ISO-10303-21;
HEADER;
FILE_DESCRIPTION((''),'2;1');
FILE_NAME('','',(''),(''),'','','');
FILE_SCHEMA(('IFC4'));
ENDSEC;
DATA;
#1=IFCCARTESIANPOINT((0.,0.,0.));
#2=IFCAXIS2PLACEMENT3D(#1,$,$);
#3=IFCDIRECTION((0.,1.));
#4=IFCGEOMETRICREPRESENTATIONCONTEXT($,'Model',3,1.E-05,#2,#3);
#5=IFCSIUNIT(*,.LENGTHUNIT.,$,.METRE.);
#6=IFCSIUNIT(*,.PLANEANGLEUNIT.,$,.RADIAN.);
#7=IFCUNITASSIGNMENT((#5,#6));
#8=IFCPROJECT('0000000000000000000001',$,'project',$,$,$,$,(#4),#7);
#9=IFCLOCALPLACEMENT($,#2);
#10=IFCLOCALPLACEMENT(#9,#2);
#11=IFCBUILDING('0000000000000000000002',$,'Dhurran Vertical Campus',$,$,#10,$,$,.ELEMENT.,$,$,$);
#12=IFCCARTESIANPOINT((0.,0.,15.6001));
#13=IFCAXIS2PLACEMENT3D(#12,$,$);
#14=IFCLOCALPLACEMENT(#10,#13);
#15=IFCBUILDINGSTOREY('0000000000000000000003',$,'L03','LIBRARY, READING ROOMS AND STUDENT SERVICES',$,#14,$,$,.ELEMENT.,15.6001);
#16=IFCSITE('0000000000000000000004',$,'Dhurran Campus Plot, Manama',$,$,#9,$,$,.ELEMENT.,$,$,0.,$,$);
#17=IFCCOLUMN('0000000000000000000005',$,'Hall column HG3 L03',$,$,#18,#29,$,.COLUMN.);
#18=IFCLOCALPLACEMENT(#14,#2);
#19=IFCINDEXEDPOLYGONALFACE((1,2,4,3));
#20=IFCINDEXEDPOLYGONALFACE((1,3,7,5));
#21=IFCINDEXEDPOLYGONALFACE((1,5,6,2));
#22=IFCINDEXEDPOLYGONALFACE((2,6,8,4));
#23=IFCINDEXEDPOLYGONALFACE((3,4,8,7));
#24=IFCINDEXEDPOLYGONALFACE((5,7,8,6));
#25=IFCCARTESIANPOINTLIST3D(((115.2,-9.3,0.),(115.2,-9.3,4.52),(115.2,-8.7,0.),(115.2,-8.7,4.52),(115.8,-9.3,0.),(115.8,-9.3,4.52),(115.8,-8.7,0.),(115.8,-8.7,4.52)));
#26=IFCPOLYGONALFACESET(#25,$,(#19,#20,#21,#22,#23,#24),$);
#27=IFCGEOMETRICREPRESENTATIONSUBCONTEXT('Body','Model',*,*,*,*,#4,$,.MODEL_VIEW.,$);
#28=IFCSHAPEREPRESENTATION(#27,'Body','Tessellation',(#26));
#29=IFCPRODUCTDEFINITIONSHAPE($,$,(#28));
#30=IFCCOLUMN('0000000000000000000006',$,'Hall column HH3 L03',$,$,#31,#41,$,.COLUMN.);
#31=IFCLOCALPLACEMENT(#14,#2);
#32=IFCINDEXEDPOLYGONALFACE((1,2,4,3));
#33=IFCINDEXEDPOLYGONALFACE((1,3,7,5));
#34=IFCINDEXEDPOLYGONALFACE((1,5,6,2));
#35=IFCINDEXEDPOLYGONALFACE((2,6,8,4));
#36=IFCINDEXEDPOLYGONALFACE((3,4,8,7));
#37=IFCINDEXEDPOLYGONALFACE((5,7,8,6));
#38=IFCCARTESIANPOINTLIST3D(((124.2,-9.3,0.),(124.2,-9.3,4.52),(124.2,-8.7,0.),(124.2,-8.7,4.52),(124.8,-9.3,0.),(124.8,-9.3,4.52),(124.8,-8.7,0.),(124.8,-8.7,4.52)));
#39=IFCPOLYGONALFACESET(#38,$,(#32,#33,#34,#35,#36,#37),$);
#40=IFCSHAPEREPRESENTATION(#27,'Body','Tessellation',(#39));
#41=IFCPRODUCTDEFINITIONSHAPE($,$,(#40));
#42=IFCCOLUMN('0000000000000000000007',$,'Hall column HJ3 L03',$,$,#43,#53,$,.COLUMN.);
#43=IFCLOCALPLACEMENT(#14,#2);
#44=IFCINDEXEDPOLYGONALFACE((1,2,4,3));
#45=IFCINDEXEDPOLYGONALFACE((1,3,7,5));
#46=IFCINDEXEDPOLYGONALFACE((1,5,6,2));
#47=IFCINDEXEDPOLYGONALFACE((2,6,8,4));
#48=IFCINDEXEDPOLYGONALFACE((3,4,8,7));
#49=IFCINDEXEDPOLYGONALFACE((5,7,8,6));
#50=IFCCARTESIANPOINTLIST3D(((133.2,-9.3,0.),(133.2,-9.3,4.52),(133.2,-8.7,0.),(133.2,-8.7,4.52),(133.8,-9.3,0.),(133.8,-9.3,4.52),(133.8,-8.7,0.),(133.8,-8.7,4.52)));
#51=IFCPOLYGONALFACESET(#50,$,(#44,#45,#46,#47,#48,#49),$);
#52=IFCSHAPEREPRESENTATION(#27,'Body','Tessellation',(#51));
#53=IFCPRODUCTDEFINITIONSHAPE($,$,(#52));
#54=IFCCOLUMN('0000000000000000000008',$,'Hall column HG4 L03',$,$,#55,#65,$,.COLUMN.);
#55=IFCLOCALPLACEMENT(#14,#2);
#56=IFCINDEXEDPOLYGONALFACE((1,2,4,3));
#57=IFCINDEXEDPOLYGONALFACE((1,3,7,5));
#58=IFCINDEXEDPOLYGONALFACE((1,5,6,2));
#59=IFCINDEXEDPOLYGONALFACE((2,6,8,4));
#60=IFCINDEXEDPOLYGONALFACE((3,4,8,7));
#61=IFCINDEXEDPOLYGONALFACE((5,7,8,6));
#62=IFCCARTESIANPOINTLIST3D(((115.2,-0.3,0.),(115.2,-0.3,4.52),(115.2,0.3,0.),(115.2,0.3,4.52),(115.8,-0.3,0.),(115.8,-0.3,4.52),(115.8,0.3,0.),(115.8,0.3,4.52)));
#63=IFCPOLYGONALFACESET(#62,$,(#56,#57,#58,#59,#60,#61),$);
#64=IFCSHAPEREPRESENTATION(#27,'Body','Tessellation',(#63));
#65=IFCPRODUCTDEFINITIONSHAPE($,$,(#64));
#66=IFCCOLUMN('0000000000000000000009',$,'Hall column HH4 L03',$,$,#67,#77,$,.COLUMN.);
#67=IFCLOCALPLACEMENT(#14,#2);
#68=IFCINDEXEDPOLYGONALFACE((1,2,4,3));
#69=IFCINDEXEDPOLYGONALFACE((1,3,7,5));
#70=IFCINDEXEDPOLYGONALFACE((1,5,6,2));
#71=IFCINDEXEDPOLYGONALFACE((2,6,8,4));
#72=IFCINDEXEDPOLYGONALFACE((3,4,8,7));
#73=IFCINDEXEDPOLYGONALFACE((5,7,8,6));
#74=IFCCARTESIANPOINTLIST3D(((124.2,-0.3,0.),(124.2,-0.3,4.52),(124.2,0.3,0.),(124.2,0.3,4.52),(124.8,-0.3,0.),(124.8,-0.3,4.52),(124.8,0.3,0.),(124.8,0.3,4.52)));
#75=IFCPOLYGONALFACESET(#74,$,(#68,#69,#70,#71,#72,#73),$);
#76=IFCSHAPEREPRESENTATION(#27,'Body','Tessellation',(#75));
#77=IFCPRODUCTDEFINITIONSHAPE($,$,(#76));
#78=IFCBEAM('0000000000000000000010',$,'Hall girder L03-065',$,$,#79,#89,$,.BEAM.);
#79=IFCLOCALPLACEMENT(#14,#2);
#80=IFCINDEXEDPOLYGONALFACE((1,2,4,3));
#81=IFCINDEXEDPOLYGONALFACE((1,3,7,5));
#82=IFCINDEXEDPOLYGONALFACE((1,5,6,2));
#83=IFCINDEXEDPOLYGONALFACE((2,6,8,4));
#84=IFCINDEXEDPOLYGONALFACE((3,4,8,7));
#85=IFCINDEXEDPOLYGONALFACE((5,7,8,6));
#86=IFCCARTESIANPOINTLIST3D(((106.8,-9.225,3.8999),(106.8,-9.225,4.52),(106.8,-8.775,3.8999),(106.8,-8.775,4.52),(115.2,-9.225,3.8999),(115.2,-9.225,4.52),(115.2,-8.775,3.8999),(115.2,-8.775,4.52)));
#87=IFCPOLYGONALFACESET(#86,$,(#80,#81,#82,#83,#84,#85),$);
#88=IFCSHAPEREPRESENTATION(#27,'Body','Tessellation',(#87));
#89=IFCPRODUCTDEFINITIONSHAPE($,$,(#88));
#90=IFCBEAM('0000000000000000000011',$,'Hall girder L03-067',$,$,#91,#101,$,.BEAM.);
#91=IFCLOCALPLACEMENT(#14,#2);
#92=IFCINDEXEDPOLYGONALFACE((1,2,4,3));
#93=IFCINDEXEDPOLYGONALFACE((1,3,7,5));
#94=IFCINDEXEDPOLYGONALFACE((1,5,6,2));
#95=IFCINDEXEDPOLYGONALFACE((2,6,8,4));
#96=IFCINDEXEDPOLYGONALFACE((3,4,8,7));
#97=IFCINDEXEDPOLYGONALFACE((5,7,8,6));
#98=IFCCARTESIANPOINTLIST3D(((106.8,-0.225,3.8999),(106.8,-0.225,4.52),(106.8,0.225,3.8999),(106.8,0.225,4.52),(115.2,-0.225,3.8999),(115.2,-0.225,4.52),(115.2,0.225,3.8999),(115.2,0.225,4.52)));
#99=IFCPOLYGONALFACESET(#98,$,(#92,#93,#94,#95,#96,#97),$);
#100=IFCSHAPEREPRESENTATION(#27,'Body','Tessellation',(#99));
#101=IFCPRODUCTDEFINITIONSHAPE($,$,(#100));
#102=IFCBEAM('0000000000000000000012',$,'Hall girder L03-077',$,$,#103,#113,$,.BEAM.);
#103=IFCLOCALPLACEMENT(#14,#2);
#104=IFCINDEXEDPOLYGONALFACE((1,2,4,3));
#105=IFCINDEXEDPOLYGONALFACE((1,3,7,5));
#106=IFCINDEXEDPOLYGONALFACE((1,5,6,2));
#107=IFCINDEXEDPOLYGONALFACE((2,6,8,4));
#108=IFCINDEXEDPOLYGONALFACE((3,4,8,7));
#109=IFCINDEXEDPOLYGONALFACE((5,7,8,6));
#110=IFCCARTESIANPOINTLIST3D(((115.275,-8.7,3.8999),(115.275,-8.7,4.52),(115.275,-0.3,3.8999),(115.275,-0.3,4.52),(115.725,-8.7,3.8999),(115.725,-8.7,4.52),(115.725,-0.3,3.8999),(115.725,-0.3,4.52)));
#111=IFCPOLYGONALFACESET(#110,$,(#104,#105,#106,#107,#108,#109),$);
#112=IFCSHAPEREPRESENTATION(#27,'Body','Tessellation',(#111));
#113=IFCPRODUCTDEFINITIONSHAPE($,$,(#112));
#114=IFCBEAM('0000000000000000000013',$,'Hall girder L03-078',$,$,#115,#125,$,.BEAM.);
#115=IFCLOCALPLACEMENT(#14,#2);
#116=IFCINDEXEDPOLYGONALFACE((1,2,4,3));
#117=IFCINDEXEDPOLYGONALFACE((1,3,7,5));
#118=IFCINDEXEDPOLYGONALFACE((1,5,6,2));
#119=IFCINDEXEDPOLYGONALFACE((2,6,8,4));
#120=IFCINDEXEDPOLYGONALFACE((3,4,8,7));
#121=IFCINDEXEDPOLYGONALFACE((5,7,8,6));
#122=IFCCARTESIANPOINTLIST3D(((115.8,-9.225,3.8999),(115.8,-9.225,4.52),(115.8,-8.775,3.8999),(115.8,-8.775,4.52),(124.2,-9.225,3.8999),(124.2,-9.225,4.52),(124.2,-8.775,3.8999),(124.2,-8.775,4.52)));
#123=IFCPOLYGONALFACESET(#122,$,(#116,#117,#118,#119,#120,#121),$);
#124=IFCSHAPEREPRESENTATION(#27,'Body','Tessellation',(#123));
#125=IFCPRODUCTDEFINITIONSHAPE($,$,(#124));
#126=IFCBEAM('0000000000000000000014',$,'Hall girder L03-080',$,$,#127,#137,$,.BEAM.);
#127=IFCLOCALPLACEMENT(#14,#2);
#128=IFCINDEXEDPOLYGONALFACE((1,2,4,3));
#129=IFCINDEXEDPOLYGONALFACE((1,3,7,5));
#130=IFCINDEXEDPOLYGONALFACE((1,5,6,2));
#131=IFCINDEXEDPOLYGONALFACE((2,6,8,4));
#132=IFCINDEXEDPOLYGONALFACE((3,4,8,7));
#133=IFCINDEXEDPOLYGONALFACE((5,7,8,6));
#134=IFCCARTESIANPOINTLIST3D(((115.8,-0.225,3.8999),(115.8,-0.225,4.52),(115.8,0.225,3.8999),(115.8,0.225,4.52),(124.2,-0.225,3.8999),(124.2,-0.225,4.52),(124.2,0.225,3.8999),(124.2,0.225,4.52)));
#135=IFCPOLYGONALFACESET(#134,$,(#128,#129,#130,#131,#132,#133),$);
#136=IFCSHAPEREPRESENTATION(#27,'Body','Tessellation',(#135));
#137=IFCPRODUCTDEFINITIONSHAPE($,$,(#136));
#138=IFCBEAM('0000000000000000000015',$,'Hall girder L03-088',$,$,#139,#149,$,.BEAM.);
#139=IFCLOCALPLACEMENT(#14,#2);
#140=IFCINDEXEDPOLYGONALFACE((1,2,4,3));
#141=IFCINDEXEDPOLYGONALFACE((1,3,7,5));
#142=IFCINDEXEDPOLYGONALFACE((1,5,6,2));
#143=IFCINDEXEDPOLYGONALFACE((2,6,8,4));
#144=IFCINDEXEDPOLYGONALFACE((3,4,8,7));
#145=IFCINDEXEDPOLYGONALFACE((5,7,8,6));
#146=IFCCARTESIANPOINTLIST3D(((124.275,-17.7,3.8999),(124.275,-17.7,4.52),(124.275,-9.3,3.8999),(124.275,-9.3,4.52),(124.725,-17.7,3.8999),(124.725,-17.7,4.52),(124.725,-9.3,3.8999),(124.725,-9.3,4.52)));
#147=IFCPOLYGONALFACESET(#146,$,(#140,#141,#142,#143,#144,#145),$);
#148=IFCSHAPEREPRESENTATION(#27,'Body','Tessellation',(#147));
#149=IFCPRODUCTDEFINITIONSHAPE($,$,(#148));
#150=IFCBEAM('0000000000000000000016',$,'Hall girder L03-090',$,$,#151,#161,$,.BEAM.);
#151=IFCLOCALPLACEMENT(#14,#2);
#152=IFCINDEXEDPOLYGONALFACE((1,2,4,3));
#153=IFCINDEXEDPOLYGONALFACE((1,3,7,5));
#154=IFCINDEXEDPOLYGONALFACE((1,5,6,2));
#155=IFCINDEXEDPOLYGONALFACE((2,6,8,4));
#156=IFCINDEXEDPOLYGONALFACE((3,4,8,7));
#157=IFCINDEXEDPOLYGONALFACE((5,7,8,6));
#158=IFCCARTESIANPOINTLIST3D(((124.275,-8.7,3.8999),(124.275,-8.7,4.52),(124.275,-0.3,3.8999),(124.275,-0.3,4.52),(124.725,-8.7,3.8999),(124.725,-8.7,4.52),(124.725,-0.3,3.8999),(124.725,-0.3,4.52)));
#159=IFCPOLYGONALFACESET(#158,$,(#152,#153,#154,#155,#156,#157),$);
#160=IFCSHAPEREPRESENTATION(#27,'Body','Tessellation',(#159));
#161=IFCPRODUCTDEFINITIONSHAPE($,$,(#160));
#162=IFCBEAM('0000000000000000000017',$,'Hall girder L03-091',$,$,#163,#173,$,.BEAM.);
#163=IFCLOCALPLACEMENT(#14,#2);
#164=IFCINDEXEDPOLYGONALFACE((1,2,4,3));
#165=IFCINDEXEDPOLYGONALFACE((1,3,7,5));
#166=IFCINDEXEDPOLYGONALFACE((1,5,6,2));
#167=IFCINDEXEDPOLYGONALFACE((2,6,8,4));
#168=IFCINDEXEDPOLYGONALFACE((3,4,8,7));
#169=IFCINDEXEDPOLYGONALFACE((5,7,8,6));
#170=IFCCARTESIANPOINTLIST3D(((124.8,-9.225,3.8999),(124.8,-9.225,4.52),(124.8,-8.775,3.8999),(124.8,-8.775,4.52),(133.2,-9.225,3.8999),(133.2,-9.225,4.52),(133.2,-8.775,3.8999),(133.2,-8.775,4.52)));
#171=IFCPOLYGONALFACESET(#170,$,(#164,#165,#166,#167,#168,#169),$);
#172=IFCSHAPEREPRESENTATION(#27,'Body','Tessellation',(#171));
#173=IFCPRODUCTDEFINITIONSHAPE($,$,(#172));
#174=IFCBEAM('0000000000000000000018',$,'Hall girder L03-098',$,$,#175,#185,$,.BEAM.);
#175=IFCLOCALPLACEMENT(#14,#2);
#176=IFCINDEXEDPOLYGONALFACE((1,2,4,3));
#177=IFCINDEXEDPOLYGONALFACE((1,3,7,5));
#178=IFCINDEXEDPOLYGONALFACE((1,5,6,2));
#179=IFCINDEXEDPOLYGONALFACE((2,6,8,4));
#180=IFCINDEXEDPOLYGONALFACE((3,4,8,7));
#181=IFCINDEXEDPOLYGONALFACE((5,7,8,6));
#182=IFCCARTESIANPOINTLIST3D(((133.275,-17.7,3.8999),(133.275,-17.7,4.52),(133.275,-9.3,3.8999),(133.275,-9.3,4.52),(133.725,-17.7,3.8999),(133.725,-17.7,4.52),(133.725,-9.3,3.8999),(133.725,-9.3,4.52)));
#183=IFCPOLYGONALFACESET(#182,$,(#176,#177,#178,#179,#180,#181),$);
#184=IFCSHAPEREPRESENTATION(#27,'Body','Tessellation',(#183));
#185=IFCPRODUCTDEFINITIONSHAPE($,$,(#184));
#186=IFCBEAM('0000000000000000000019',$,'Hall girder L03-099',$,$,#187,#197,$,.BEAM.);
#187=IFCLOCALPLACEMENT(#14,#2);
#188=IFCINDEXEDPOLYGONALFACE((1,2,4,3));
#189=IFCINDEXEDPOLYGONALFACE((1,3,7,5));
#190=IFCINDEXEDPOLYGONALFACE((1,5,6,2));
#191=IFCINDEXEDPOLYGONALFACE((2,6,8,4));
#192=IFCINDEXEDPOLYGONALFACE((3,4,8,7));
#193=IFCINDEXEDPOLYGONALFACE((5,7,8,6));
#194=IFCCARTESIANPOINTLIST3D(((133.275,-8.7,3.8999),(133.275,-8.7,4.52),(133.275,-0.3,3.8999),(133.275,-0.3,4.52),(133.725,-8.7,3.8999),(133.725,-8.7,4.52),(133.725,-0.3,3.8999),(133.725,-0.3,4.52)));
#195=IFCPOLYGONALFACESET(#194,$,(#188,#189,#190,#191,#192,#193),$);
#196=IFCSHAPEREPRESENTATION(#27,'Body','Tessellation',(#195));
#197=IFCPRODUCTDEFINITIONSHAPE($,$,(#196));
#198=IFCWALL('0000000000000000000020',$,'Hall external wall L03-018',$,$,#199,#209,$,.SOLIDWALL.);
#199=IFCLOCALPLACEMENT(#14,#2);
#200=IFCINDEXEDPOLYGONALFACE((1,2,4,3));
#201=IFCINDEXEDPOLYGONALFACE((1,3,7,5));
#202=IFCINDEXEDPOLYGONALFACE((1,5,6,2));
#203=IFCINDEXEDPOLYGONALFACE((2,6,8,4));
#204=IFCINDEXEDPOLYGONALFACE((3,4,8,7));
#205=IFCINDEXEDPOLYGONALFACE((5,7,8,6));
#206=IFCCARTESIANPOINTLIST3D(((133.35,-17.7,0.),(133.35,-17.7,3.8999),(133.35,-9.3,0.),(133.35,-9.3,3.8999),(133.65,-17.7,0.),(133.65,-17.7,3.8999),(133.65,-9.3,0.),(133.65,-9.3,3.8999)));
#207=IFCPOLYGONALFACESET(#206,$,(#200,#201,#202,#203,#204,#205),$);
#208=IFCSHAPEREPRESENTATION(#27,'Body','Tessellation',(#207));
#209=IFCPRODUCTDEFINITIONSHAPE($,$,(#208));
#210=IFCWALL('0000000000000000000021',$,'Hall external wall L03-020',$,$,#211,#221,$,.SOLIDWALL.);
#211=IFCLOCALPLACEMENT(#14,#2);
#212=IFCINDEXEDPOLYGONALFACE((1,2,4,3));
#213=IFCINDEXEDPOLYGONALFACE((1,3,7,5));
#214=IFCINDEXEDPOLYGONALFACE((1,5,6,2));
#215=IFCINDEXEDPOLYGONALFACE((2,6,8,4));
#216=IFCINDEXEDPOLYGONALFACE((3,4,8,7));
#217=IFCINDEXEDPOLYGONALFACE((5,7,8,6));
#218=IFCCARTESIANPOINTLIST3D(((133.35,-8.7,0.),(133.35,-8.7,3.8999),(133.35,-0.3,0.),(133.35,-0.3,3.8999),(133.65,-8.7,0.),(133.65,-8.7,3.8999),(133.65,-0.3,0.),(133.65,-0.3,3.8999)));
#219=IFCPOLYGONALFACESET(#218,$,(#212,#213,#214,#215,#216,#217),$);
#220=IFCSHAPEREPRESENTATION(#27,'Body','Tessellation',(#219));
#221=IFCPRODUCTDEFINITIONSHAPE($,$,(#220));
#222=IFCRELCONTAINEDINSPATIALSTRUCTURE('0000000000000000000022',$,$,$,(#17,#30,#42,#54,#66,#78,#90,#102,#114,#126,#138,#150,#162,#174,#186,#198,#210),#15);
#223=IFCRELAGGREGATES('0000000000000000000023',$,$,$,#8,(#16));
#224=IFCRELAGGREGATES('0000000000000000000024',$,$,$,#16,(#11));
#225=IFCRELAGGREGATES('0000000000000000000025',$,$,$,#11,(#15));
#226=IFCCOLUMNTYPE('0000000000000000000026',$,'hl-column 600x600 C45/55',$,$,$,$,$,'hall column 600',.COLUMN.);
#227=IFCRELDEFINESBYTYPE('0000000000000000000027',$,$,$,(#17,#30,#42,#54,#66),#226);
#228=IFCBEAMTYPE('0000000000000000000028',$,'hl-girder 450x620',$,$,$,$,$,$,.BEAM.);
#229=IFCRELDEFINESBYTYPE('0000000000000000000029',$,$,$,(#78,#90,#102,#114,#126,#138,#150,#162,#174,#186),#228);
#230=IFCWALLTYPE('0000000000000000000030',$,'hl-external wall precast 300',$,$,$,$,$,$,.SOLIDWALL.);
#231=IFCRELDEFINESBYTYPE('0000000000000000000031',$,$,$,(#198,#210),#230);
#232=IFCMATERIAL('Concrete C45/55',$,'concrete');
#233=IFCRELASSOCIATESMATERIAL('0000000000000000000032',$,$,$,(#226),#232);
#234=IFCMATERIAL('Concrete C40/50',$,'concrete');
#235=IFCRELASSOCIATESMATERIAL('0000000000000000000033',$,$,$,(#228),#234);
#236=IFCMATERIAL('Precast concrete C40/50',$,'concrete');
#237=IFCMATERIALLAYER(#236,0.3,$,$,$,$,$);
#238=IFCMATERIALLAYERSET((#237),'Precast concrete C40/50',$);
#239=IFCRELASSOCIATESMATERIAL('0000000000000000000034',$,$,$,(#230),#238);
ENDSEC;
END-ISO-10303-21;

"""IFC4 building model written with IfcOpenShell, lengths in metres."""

from ifc_helpers import new_model, si_unit, direction, frame, frame_2d, origin, origin_2d, place, context, subcontext, project, spatial, rectangle, extrude, material, layer, layer_set, material_profile, profile_set, type_object, element, save


model = new_model("IFC4")

# Units and contexts
model_context = context("Model", 3, precision=1e-05, world=origin(), true_north=direction((0.0, 1.0)))
body_context = subcontext(model_context, "Body", "Model", "MODEL_VIEW")
ifc_project = project(units=[si_unit("LENGTHUNIT", "METRE"), si_unit("PLANEANGLEUNIT", "RADIAN")], contexts=[model_context])

# Site, building, storey
site_placement = place(None, origin())
site = spatial("IfcSite", under=ifc_project, at=site_placement, Name="Dhurran Campus Plot, Manama", CompositionType="ELEMENT", RefElevation=0.0)
building_placement = place(site_placement, origin())
building = spatial("IfcBuilding", under=site, at=building_placement, Name="Dhurran Vertical Campus", CompositionType="ELEMENT")
storey_placement = place(building_placement, frame((0.0, 0.0, 15.6001)))
storey = spatial("IfcBuildingStorey", under=building, at=storey_placement, Name="L03", Description="LIBRARY, READING ROOMS AND STUDENT SERVICES", CompositionType="ELEMENT", Elevation=15.6001)

# Columns
ifc_material_1 = material(Name="Concrete C45/55", Category="concrete")
ifc_material_profile_1 = material_profile(ifc_material_1, rectangle(XDim=0.6001, YDim=0.6001, at=origin_2d()), Name="hl-column 600x600 C45/55")
ifc_profile_set_1 = profile_set([ifc_material_profile_1], Name="Concrete C45/55")
column_type = type_object("IfcColumnType", Name="hl-column 600x600 C45/55", ElementType="hall column 600", PredefinedType="COLUMN", material=ifc_profile_set_1)
for number, where, z_axis, x_axis, name in (
    (1, (115.5, -9.0, 0.0), (0.0, 0.0, 1.0), (1.0, 0.0, 0.0), "Hall column HG3 L03"),
    (2, (124.5, -9.0, 0.0), (0.0, 0.0, 1.0), (1.0, 0.0, 0.0), "Hall column HH3 L03"),
    (3, (133.5, -9.0, 0.0), (0.0, 0.0, 1.0), (1.0, 0.0, 0.0), "Hall column HJ3 L03"),
    (4, (115.5, 0.0, 0.0), (0.0, 0.0, 1.0), (1.0, 0.0, 0.0), "Hall column HG4 L03"),
    (5, (124.5, 0.0, 0.0), (0.0, 0.0, 1.0), (1.0, 0.0, 0.0), "Hall column HH4 L03"),
):
    element("IfcColumn", number, at=place(storey_placement, frame(where, z_axis=z_axis, x_axis=x_axis)), inside=storey, type_object=column_type, Name=name, PredefinedType="COLUMN", context=body_context, shape_type="SweptSolid", body=[
        extrude(rectangle(XDim=0.6001, YDim=0.6001, at=origin_2d()), origin(), (0.0, 0.0, 1.0), 4.52),
    ])

# Beams
ifc_material_2 = material(Name="Concrete C40/50", Category="concrete")
ifc_material_profile_2 = material_profile(ifc_material_2, rectangle(XDim=0.45, YDim=0.6201, at=origin_2d()), Name="hl-girder 450x620")
ifc_profile_set_2 = profile_set([ifc_material_profile_2], Name="Concrete C40/50")
beam_type = type_object("IfcBeamType", Name="hl-girder 450x620", PredefinedType="BEAM", material=ifc_profile_set_2)
for number, where, z_axis, x_axis, name in (
    (6, (106.8, -9.0, 4.21), (1.0, 0.0, 0.0), (0.0, 1.0, 0.0), "Hall girder L03-065"),
    (7, (106.8, 0.0, 4.21), (1.0, 0.0, 0.0), (0.0, 1.0, 0.0), "Hall girder L03-067"),
    (8, (115.5, -8.7, 4.21), (0.0, 1.0, 0.0), (-1.0, 0.0, 0.0), "Hall girder L03-077"),
    (9, (115.8, -9.0, 4.21), (1.0, 0.0, 0.0), (0.0, 1.0, 0.0), "Hall girder L03-078"),
    (10, (115.8, 0.0, 4.21), (1.0, 0.0, 0.0), (0.0, 1.0, 0.0), "Hall girder L03-080"),
    (11, (124.5, -17.7, 4.21), (0.0, 1.0, 0.0), (-1.0, 0.0, 0.0), "Hall girder L03-088"),
    (12, (124.5, -8.7, 4.21), (0.0, 1.0, 0.0), (-1.0, 0.0, 0.0), "Hall girder L03-090"),
    (13, (124.8, -9.0, 4.21), (1.0, 0.0, 0.0), (0.0, 1.0, 0.0), "Hall girder L03-091"),
    (14, (133.5, -17.7, 4.21), (0.0, 1.0, 0.0), (-1.0, 0.0, 0.0), "Hall girder L03-098"),
    (15, (133.5, -8.7, 4.21), (0.0, 1.0, 0.0), (-1.0, 0.0, 0.0), "Hall girder L03-099"),
):
    element("IfcBeam", number, at=place(storey_placement, frame(where, z_axis=z_axis, x_axis=x_axis)), inside=storey, type_object=beam_type, Name=name, PredefinedType="BEAM", context=body_context, shape_type="SweptSolid", body=[
        extrude(rectangle(XDim=0.45, YDim=0.6201, at=origin_2d()), origin(), (0.0, 0.0, 1.0), 8.3999),
    ])

# Walls
ifc_material_3 = material(Name="Precast concrete C40/50", Category="concrete")
ifc_layer_1 = layer(ifc_material_3, 0.3)
ifc_layer_set_1 = layer_set([ifc_layer_1], Name="Precast concrete C40/50")
wall_type_1 = type_object("IfcWallType", Name="hl-external wall precast 300", PredefinedType="SOLIDWALL", material=ifc_layer_set_1)
for number, where, z_axis, x_axis, name in (
    (16, (133.5, -17.7, 0.0), (0.0, 0.0, 1.0), (0.0, 1.0, 0.0), "Hall external wall L03-018"),
    (17, (133.5, -8.7, 0.0), (0.0, 0.0, 1.0), (0.0, 1.0, 0.0), "Hall external wall L03-020"),
):
    element("IfcWall", number, at=place(storey_placement, frame(where, z_axis=z_axis, x_axis=x_axis)), inside=storey, type_object=wall_type_1, Name=name, PredefinedType="SOLIDWALL", context=body_context, shape_type="SweptSolid", body=[
        extrude(rectangle(XDim=8.3999, YDim=0.3, at=frame_2d((4.2, 0.0))), origin(), (0.0, 0.0, 1.0), 3.8999),
    ])

save(model, "model.ifc")
